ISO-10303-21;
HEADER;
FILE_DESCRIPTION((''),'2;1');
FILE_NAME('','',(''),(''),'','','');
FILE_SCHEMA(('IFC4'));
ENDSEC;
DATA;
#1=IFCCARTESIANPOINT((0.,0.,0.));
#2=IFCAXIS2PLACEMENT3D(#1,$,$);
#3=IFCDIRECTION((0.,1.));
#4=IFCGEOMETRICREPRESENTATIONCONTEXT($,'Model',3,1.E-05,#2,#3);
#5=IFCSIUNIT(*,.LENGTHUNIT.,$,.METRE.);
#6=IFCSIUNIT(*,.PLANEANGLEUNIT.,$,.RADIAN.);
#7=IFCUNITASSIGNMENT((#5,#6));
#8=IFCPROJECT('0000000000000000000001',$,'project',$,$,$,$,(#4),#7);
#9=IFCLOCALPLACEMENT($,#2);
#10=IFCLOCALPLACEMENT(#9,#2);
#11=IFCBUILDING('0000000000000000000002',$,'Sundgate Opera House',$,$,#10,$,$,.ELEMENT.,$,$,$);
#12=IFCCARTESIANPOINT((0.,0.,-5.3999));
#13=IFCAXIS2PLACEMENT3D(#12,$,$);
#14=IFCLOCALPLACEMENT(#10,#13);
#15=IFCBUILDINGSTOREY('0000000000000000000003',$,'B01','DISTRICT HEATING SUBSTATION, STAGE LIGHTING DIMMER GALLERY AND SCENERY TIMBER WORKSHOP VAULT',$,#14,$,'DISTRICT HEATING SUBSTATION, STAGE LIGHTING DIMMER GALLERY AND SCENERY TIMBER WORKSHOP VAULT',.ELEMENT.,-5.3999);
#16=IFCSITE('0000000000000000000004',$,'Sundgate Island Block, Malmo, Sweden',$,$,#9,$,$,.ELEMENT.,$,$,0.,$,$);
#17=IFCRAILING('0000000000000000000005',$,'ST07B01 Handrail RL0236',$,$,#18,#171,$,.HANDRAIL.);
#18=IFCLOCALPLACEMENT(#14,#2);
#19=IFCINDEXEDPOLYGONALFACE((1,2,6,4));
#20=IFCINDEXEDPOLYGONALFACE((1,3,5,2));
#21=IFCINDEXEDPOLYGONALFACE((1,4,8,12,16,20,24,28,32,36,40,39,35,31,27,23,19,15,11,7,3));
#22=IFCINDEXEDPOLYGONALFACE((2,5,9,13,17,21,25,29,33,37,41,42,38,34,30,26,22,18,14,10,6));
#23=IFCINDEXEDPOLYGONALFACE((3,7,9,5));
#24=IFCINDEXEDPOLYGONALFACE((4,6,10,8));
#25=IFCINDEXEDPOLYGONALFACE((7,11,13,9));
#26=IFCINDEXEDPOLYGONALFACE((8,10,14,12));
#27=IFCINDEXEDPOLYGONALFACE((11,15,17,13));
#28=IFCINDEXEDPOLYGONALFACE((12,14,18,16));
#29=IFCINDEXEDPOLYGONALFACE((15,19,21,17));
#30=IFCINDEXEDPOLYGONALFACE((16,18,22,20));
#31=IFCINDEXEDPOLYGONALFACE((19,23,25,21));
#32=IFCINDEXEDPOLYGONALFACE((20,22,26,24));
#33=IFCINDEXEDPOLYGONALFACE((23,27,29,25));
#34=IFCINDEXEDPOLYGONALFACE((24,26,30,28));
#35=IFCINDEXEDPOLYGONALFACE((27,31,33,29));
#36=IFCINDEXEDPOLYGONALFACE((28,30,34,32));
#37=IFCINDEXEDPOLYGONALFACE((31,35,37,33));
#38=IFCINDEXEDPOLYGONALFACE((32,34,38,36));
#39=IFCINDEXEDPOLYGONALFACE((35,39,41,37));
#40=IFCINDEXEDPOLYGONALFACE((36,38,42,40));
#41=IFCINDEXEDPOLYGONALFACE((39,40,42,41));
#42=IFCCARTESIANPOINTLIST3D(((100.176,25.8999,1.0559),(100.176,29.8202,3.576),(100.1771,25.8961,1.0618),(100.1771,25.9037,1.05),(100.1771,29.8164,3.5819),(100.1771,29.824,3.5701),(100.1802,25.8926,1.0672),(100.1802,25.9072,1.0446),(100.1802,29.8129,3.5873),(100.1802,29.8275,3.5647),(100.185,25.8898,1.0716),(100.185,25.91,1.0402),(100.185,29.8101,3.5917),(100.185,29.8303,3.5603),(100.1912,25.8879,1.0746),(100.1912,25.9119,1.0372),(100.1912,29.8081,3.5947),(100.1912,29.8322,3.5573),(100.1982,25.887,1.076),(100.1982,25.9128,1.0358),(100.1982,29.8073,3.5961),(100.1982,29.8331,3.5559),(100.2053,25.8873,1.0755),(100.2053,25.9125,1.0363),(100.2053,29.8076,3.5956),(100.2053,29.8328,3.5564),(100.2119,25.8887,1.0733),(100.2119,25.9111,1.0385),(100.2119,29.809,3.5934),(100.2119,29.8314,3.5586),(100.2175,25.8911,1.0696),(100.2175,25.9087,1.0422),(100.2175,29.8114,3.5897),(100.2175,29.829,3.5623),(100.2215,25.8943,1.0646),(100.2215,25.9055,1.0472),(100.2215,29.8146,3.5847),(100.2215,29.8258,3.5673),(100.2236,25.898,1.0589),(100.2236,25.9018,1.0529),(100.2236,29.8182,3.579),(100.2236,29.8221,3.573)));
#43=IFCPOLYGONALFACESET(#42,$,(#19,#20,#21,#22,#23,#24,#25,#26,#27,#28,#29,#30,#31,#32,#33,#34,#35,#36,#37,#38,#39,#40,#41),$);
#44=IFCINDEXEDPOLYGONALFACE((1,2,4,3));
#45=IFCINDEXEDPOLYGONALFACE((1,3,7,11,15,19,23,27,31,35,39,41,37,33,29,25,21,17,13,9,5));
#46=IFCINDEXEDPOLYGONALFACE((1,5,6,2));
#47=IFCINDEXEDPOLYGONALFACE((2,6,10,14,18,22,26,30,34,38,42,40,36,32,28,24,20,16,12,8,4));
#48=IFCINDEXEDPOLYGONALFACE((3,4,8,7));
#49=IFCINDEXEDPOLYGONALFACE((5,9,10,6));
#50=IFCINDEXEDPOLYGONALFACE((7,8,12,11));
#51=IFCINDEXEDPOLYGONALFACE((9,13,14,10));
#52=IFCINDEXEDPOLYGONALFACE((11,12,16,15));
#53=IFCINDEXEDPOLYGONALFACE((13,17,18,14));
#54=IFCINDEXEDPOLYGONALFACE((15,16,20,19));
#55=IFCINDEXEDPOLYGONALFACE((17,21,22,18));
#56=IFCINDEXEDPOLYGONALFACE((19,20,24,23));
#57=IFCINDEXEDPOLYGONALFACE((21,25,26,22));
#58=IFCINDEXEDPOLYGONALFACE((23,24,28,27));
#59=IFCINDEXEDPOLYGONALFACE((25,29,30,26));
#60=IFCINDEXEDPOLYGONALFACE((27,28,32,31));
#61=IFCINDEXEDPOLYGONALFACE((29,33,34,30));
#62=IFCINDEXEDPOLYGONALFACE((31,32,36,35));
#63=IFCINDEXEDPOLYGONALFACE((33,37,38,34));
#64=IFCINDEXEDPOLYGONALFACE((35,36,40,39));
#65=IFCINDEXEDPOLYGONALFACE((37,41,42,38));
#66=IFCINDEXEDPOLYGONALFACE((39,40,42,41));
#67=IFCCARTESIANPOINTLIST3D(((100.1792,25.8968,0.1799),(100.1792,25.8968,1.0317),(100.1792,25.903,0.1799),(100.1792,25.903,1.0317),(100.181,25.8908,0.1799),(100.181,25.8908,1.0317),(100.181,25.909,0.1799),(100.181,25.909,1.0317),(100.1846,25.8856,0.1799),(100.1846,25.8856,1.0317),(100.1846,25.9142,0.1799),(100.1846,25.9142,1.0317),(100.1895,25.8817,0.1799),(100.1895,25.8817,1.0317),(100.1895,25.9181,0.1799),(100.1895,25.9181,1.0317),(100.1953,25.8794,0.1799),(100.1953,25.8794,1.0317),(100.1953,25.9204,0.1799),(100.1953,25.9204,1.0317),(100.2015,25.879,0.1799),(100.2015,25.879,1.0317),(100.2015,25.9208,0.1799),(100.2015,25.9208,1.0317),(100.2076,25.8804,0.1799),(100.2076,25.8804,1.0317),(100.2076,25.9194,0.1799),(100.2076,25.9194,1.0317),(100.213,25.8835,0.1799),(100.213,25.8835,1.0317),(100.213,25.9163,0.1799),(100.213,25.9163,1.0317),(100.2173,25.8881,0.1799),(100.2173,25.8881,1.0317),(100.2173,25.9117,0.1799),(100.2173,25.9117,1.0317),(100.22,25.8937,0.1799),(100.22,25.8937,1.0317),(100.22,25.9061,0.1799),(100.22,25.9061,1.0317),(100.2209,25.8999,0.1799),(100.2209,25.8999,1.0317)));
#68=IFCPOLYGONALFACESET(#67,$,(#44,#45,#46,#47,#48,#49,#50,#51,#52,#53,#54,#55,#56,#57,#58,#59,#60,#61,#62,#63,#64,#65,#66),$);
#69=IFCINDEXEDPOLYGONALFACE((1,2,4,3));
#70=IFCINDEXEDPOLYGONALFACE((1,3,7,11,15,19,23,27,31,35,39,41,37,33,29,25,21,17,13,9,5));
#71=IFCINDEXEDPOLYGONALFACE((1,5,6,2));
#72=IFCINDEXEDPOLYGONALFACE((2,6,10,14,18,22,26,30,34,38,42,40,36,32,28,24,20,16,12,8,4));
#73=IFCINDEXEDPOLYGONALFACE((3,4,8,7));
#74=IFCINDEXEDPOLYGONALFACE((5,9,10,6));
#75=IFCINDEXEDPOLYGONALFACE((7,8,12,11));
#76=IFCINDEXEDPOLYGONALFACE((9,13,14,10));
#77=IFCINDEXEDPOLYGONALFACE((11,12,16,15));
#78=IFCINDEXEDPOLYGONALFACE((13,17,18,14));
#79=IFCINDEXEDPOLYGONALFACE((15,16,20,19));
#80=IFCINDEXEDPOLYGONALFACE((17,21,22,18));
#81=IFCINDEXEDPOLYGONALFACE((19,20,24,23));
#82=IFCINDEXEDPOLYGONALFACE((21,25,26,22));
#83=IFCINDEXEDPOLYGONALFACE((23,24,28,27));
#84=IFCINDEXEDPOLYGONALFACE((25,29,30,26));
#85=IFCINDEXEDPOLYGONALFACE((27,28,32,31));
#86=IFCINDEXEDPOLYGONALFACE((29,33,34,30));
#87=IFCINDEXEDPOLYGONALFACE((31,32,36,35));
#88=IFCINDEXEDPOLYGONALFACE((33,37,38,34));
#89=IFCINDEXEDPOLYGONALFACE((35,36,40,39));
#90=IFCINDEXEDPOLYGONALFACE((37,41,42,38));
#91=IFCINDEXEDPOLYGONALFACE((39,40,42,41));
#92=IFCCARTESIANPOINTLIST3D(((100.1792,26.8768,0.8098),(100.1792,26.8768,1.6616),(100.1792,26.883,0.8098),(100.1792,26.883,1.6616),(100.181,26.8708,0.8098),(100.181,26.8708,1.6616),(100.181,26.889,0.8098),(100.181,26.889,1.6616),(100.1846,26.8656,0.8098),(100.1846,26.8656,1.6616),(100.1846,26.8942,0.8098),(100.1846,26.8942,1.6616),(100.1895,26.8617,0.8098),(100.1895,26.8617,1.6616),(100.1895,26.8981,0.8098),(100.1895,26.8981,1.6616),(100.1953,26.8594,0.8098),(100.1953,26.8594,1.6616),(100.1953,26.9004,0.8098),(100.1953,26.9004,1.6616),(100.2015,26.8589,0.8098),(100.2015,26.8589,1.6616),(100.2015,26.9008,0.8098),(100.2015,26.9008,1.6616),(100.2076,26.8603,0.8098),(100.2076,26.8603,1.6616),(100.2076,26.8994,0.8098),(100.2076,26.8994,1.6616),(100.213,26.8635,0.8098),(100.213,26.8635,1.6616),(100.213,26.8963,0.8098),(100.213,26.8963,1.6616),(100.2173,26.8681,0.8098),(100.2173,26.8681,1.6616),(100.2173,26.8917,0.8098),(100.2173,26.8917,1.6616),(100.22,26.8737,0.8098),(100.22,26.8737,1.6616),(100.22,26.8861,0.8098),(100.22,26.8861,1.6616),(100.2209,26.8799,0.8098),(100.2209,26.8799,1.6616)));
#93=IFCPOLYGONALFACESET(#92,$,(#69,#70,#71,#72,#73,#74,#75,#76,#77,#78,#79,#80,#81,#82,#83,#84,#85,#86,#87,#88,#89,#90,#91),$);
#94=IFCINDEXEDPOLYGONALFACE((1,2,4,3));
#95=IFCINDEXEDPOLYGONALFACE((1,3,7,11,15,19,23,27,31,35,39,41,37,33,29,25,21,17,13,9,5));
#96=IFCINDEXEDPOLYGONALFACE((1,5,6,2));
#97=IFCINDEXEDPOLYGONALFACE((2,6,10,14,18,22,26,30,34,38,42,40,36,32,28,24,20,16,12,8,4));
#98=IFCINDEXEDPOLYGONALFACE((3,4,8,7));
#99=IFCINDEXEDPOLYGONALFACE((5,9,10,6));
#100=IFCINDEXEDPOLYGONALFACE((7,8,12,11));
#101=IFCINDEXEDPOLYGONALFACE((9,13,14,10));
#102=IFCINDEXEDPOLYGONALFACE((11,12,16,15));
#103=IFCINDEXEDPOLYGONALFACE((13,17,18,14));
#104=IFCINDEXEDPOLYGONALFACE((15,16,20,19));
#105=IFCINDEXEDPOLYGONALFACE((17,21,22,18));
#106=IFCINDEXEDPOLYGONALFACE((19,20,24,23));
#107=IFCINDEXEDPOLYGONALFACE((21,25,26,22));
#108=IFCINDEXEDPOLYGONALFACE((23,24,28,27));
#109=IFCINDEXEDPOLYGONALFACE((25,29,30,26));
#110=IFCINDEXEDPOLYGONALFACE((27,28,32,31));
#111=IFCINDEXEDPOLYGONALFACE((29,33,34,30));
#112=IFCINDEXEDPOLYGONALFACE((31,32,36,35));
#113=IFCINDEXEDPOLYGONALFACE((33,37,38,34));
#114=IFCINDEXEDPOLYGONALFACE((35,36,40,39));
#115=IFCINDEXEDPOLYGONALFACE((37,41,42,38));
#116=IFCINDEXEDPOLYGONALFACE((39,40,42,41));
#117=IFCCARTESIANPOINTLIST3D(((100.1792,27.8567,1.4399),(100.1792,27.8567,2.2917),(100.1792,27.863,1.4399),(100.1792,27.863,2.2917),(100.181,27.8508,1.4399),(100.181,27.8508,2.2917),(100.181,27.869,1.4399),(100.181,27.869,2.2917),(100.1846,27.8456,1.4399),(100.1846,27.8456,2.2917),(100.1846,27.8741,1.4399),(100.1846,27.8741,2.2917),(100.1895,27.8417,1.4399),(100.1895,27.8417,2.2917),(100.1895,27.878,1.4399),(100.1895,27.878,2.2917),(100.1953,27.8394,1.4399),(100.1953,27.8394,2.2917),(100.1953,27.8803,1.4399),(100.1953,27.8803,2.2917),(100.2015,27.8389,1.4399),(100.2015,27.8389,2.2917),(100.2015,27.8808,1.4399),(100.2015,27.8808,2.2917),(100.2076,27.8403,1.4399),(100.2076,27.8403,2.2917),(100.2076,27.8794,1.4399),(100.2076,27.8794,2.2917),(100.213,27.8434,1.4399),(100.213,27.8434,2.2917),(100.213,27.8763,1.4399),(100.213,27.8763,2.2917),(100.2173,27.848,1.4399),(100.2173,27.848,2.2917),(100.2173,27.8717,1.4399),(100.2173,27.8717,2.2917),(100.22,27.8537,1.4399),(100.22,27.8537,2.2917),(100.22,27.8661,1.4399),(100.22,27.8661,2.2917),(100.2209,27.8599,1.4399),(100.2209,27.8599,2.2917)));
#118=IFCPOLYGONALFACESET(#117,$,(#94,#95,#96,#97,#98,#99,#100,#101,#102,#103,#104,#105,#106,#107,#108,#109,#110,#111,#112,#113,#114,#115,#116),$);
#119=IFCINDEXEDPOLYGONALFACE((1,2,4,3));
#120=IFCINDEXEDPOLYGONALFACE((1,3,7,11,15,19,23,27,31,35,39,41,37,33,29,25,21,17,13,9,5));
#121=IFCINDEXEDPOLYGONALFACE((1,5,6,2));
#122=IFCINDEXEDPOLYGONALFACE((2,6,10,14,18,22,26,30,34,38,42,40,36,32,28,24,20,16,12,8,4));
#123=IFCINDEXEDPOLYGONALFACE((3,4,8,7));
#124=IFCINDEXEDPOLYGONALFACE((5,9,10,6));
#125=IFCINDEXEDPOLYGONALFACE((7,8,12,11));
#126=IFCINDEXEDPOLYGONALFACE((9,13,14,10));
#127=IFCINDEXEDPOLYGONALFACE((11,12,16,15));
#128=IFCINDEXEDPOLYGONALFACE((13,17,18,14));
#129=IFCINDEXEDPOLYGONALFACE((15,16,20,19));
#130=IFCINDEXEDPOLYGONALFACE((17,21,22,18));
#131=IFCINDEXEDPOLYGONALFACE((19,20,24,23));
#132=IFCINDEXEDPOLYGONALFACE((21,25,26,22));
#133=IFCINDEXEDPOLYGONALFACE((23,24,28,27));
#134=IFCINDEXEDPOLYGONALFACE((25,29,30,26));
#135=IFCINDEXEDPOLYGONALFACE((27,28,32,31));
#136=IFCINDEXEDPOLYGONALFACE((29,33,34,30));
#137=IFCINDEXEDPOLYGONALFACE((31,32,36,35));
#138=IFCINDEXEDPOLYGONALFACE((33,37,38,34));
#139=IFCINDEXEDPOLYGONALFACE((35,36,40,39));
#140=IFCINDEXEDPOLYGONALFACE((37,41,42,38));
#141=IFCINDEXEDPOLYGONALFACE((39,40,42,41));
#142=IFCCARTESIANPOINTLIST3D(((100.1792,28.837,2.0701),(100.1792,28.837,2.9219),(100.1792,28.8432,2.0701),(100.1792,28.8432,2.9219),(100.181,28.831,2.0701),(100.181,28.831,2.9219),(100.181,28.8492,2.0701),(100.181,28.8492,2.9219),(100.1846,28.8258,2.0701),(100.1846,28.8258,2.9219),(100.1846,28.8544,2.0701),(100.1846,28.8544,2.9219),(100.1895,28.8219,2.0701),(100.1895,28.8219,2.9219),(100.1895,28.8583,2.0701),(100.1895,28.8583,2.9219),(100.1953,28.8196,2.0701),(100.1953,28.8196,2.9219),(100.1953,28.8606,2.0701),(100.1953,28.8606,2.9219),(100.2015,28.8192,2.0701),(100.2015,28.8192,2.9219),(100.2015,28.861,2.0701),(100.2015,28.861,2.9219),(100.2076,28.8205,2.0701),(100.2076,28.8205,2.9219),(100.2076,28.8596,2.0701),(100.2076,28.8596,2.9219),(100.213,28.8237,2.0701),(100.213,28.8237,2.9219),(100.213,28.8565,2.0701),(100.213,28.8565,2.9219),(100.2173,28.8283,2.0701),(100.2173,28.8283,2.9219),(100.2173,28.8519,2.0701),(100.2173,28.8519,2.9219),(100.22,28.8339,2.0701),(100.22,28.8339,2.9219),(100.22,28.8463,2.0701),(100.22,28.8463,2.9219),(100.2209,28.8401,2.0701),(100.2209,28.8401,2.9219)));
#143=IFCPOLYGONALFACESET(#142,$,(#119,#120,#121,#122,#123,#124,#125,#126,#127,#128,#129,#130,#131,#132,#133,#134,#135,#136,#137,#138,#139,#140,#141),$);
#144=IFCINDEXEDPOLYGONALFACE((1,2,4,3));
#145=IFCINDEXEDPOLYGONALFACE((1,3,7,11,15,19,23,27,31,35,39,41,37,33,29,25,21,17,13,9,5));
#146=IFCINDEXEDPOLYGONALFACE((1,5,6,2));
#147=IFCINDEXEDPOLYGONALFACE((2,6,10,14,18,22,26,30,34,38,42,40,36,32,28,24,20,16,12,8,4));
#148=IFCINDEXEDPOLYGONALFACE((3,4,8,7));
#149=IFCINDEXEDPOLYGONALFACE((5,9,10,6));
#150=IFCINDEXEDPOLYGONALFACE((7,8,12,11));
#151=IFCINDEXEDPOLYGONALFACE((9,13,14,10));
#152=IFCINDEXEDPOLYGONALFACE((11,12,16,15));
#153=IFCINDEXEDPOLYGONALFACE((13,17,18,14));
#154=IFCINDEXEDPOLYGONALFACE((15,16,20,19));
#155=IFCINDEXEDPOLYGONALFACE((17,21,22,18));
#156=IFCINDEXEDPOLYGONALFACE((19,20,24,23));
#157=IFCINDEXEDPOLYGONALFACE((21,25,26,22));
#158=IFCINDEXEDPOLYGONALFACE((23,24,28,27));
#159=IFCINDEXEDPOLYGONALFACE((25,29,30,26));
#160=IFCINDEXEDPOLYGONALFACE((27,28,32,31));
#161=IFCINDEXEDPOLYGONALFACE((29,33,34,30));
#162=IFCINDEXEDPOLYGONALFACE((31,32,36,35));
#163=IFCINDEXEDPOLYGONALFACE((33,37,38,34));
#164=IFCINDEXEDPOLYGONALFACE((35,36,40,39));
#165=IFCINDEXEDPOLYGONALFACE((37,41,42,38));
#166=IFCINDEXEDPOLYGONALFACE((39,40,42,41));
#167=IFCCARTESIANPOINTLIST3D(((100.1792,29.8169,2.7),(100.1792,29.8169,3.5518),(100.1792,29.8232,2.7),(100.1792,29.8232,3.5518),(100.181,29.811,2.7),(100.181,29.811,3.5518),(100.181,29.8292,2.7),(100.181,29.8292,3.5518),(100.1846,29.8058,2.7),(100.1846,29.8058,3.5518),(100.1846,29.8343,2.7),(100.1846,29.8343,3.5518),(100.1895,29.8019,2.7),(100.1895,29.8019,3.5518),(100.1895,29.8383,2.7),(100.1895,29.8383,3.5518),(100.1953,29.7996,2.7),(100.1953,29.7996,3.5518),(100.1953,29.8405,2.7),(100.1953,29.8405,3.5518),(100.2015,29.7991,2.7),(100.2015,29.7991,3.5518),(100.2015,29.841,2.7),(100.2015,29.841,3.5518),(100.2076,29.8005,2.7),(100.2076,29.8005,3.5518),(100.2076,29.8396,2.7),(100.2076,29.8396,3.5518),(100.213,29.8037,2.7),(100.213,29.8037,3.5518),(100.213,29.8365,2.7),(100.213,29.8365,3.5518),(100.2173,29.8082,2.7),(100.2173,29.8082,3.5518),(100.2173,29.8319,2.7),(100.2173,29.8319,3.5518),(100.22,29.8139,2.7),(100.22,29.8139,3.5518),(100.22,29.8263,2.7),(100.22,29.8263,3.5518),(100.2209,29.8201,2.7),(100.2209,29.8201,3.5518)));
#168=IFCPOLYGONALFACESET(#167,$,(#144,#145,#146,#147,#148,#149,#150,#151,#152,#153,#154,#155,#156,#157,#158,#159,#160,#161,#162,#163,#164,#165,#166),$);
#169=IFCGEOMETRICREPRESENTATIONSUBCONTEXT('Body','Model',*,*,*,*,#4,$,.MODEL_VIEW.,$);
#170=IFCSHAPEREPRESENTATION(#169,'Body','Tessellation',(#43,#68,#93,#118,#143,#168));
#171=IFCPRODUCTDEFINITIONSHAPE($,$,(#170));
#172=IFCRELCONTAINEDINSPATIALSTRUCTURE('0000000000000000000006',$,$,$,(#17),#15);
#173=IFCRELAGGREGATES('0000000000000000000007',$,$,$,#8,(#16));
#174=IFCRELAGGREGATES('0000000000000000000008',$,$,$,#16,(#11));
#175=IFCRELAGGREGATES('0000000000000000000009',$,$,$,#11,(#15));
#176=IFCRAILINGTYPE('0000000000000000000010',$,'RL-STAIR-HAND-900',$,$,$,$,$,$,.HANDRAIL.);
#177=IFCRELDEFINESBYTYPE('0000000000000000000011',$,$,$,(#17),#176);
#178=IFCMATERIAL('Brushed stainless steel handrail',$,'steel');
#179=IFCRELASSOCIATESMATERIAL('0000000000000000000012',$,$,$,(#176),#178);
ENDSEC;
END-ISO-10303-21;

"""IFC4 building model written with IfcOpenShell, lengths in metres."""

from ifc_helpers import new_model, si_unit, direction, frame, origin, origin_2d, place, context, subcontext, project, spatial, circle, extrude, material, type_object, element, save


model = new_model("IFC4")

# Units and contexts
model_context = context("Model", 3, precision=1e-05, world=origin(), true_north=direction((0.0, 1.0)))
body_context = subcontext(model_context, "Body", "Model", "MODEL_VIEW")
ifc_project = project(units=[si_unit("LENGTHUNIT", "METRE"), si_unit("PLANEANGLEUNIT", "RADIAN")], contexts=[model_context])

# Site, building, storey
site_placement = place(None, origin())
site = spatial("IfcSite", under=ifc_project, at=site_placement, Name="Sundgate Island Block, Malmo, Sweden", CompositionType="ELEMENT", RefElevation=0.0)
building_placement = place(site_placement, origin())
building = spatial("IfcBuilding", under=site, at=building_placement, Name="Sundgate Opera House", CompositionType="ELEMENT")
storey_placement = place(building_placement, frame((0.0, 0.0, -5.3999)))
storey = spatial("IfcBuildingStorey", under=building, at=storey_placement, Name="B01", Description="DISTRICT HEATING SUBSTATION, STAGE LIGHTING DIMMER GALLERY AND SCENERY TIMBER WORKSHOP VAULT", LongName="DISTRICT HEATING SUBSTATION, STAGE LIGHTING DIMMER GALLERY AND SCENERY TIMBER WORKSHOP VAULT", CompositionType="ELEMENT", Elevation=-5.3999)

# Railing
ifc_material_1 = material(Name="Brushed stainless steel handrail", Category="steel")
railing_type_1 = type_object("IfcRailingType", Name="RL-STAIR-HAND-900", PredefinedType="HANDRAIL", material=ifc_material_1)
railing_1_placement = place(storey_placement, frame((100.2, 25.8999, 0.1799)))
element("IfcRailing", 1, at=railing_1_placement, inside=storey, type_object=railing_type_1, Name="ST07B01 Handrail RL0236", PredefinedType="HANDRAIL", context=body_context, shape_type="SweptSolid", body=[
    extrude(circle(Radius=0.0239, at=origin_2d()), frame((0.0, 0.0, 0.876), z_axis=(0.0, 0.841187, 0.540744), x_axis=(-1.0, 0.0, 0.0)), (0.0, 0.0, 1.0), 4.6604),
    extrude(circle(Radius=0.021, at=origin_2d()), origin(), (0.0, 0.0, 1.0), 0.8518),
    extrude(circle(Radius=0.021, at=origin_2d()), frame((0.0, 0.98, 0.6299)), (0.0, 0.0, 1.0), 0.8518),
    extrude(circle(Radius=0.021, at=origin_2d()), frame((0.0, 1.96, 1.26)), (0.0, 0.0, 1.0), 0.8518),
    extrude(circle(Radius=0.021, at=origin_2d()), frame((0.0, 2.9402, 1.8901)), (0.0, 0.0, 1.0), 0.8518),
    extrude(circle(Radius=0.021, at=origin_2d()), frame((0.0, 3.9202, 2.52)), (0.0, 0.0, 1.0), 0.8518),
])

save(model, "model.ifc")
